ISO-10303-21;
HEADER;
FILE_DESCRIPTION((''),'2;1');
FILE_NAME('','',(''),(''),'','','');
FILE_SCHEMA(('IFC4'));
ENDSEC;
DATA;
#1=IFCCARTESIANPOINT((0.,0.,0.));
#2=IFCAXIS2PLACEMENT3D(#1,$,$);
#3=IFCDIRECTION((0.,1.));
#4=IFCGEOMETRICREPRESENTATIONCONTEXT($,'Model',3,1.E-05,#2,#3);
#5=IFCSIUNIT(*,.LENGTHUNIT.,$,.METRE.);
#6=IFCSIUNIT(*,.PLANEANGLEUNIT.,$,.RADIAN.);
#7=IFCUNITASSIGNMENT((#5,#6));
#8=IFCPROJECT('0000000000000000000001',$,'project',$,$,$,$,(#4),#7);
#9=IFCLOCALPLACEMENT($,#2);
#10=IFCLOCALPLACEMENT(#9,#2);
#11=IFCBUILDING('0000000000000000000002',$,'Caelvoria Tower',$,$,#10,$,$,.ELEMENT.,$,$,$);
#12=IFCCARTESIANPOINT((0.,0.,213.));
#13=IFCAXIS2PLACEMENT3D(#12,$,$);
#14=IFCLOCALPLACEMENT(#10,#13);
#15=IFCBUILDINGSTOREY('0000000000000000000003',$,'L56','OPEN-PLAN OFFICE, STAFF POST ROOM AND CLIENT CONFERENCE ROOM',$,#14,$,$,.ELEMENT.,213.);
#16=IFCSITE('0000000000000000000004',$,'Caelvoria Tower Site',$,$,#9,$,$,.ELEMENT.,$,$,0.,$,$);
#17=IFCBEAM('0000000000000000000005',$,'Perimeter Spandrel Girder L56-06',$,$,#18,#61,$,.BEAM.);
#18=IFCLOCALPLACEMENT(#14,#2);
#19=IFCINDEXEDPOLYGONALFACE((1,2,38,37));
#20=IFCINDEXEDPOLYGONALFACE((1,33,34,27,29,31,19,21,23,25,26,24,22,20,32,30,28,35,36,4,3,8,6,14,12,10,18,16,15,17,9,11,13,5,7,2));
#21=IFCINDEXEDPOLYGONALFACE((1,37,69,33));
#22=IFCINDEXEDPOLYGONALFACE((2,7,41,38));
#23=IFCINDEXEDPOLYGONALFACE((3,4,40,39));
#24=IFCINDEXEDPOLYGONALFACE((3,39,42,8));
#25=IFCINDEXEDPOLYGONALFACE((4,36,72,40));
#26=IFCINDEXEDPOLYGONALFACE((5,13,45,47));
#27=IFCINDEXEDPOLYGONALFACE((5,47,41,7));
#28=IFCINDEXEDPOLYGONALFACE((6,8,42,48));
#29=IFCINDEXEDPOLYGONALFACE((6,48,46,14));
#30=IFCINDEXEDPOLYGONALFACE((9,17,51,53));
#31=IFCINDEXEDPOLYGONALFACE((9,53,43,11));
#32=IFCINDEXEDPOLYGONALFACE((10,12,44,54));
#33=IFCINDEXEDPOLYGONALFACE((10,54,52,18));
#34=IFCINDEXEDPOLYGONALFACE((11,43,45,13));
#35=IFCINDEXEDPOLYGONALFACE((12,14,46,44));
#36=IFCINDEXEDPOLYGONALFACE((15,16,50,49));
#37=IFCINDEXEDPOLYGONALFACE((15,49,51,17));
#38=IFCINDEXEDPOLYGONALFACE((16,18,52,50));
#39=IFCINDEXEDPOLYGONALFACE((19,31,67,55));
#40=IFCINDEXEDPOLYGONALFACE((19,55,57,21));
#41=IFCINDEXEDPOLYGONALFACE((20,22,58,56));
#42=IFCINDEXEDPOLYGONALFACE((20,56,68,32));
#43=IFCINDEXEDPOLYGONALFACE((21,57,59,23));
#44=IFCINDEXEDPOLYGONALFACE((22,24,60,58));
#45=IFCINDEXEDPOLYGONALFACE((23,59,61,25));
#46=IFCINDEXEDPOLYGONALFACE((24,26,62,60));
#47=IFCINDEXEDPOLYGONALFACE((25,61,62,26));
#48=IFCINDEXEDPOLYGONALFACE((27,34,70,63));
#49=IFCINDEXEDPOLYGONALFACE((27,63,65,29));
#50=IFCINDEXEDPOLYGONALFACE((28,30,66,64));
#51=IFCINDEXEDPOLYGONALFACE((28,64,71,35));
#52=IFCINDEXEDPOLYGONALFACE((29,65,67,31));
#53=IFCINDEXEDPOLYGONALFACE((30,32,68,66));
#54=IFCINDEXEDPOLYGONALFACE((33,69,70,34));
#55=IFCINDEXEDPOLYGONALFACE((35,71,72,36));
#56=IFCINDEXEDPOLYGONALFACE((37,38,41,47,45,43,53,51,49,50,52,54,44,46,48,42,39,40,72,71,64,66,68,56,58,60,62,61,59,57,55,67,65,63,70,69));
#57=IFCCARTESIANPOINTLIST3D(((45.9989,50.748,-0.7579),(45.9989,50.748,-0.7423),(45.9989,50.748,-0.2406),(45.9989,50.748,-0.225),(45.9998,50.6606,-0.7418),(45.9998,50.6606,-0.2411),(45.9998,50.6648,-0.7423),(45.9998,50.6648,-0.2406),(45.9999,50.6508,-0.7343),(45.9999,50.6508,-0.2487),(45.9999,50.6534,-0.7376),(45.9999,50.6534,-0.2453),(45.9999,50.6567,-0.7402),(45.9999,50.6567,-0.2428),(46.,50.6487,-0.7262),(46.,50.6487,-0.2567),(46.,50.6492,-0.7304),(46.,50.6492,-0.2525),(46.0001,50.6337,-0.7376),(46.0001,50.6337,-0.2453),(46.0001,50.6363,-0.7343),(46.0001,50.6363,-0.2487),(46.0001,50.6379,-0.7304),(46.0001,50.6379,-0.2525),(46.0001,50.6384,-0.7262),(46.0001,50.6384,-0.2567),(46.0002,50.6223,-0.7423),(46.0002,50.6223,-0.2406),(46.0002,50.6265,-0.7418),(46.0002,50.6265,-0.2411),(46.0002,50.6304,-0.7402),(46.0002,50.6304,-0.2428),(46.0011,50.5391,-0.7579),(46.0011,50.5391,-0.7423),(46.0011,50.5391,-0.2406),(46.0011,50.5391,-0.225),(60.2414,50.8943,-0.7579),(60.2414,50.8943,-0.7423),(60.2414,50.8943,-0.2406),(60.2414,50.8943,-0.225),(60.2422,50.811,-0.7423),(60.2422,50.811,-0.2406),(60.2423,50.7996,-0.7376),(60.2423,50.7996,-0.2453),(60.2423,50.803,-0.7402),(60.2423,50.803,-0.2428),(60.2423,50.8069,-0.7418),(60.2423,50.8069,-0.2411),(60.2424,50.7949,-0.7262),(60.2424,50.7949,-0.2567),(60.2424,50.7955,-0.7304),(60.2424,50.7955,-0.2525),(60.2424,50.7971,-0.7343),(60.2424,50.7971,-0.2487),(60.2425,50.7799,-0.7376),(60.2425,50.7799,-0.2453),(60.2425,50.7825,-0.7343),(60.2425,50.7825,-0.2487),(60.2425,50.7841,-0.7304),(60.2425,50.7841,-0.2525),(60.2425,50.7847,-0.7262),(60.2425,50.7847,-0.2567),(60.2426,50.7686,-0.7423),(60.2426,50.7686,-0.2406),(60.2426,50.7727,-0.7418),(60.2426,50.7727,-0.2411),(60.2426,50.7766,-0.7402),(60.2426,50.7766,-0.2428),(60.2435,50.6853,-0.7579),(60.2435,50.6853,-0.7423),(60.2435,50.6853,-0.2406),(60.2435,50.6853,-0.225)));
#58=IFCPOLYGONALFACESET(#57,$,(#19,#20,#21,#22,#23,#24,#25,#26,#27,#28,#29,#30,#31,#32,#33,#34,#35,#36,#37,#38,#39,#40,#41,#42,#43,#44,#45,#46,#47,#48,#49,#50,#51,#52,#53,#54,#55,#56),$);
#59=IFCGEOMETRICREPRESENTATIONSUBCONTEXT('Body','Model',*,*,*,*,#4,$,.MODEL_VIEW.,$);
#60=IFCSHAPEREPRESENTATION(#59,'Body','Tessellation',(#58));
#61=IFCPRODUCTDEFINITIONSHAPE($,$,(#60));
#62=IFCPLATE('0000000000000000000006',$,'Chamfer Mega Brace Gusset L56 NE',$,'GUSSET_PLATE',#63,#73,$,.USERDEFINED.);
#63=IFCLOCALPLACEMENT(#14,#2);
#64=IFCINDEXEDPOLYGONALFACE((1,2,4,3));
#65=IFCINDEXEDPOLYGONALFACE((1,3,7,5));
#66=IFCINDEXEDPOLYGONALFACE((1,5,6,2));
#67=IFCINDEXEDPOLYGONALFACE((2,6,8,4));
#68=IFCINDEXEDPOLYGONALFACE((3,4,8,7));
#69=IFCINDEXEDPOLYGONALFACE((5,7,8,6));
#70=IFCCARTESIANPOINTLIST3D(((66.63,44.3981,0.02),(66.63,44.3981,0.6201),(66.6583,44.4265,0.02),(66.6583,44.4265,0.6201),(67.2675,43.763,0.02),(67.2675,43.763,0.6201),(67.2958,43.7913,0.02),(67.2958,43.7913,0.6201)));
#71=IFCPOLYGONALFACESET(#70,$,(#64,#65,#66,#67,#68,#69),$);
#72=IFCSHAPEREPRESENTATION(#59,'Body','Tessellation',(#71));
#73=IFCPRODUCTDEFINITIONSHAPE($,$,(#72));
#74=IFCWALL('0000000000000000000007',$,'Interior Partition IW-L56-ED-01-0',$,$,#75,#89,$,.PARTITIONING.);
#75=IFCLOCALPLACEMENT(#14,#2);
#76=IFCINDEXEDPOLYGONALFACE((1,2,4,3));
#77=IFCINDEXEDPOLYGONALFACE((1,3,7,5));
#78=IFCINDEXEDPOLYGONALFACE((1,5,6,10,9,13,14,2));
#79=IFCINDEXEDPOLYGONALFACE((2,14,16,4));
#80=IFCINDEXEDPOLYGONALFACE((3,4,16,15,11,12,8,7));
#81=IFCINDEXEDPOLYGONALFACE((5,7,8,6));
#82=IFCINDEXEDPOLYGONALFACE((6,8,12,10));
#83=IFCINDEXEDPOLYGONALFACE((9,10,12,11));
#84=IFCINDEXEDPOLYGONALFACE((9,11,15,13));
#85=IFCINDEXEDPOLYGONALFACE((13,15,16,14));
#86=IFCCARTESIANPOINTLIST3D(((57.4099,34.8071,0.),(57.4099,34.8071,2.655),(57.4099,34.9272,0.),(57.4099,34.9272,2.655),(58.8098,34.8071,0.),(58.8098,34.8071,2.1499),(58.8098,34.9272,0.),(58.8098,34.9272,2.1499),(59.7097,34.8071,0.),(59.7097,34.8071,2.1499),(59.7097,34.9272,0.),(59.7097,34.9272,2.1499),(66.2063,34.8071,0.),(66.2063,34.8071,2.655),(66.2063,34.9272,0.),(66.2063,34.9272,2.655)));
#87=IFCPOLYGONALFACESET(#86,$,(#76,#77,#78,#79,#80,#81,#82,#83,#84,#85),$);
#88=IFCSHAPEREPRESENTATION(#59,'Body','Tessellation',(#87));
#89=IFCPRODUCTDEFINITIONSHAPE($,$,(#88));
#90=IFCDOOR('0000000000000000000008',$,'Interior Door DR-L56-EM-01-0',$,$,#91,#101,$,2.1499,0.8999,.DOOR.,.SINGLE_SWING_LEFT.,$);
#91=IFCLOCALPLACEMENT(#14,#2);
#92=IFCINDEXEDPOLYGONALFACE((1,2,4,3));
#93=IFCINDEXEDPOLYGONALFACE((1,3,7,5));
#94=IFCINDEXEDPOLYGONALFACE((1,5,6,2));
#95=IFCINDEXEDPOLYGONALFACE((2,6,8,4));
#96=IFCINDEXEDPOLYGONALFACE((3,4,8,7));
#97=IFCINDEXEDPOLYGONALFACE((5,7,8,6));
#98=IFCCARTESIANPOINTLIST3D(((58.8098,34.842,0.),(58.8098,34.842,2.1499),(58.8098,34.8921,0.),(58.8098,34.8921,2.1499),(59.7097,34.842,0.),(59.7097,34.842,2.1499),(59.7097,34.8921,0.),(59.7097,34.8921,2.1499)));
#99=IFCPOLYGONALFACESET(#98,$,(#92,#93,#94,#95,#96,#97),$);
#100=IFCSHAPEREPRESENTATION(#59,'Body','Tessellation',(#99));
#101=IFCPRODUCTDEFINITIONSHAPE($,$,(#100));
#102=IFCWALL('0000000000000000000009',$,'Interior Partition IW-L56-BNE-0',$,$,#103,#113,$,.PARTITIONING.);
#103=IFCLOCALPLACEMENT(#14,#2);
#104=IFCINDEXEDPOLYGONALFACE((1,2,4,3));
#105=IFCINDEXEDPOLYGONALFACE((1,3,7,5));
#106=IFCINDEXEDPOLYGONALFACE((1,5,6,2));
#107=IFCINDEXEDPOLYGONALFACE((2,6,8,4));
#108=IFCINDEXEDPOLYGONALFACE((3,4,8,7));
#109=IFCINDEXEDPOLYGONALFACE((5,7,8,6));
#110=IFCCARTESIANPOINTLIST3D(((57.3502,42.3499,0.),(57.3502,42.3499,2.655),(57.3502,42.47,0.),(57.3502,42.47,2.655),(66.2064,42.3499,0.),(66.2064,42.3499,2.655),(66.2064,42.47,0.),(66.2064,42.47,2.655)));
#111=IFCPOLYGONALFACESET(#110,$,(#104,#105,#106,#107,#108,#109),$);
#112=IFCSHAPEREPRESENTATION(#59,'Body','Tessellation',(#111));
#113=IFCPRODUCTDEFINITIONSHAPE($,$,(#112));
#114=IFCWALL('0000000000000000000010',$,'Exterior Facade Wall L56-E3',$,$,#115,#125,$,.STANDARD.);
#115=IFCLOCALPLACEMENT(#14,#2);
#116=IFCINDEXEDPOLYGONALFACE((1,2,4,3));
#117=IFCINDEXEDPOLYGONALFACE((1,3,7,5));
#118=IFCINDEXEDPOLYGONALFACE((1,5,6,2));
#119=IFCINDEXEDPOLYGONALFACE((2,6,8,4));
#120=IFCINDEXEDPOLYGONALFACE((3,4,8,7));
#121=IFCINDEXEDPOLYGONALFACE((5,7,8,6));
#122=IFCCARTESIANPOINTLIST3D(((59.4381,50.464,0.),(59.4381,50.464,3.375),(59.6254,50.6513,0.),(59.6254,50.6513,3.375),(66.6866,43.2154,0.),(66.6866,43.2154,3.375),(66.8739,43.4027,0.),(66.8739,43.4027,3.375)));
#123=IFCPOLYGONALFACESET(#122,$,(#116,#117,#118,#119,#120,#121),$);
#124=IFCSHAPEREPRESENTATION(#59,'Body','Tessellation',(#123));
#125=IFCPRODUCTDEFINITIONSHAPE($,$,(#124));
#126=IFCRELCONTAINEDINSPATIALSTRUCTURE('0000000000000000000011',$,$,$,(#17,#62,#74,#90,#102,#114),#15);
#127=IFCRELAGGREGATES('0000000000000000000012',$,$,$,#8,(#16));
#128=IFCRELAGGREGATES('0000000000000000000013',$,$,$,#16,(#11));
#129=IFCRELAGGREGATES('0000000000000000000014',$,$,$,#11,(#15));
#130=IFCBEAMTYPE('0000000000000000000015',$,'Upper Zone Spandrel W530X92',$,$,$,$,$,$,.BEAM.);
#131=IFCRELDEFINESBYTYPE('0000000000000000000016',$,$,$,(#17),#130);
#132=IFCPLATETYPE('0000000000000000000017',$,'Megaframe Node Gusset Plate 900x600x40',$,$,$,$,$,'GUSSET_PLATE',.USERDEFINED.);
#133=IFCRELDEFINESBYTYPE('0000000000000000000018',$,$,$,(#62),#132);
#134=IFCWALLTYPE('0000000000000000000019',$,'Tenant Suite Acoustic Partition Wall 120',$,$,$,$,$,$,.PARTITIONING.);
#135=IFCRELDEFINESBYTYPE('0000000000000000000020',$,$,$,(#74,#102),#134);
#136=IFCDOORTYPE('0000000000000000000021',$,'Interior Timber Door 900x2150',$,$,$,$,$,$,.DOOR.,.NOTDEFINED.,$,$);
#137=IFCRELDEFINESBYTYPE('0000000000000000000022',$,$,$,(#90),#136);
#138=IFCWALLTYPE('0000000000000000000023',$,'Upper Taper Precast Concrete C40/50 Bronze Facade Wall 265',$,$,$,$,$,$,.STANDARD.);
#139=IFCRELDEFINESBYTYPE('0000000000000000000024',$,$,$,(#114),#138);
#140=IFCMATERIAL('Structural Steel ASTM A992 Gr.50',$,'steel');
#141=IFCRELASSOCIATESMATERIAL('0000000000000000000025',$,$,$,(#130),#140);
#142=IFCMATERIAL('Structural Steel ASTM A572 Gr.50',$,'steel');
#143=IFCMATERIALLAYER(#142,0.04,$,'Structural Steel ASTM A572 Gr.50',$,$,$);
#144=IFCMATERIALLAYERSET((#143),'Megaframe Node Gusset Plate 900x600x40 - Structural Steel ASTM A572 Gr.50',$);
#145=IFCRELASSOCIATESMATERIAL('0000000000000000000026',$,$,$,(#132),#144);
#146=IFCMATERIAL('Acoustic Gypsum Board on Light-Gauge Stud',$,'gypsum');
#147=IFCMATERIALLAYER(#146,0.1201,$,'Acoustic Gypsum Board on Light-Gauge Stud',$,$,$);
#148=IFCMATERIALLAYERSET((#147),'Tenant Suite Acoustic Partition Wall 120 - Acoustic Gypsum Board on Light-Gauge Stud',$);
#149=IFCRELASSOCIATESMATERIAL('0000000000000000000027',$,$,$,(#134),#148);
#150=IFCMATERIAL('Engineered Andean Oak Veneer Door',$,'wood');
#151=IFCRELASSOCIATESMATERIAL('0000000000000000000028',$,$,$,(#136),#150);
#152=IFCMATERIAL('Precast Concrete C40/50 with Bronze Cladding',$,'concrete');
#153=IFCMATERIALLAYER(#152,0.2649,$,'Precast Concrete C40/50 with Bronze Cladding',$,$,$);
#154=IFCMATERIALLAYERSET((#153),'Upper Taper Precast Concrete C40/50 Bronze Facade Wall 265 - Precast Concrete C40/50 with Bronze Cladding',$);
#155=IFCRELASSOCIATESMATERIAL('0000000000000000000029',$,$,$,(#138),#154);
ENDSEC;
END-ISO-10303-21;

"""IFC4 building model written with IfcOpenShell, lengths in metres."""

from ifc_helpers import new_model, si_unit, direction, frame, frame_2d, origin, origin_2d, place, context, subcontext, project, spatial, rectangle, i_section, extrude, material, layer, layer_set, material_profile, profile_set, type_object, element, fill, save


model = new_model("IFC4")

# Units and contexts
model_context = context("Model", 3, precision=1e-05, world=origin(), true_north=direction((0.0, 1.0)))
body_context = subcontext(model_context, "Body", "Model", "MODEL_VIEW")
ifc_project = project(units=[si_unit("LENGTHUNIT", "METRE"), si_unit("PLANEANGLEUNIT", "RADIAN")], contexts=[model_context])

# Site, building, storey
site_placement = place(None, origin())
site = spatial("IfcSite", under=ifc_project, at=site_placement, Name="Caelvoria Tower Site", CompositionType="ELEMENT", RefElevation=0.0)
building_placement = place(site_placement, origin())
building = spatial("IfcBuilding", under=site, at=building_placement, Name="Caelvoria Tower", CompositionType="ELEMENT")
storey_placement = place(building_placement, frame((0.0, 0.0, 213.0)))
storey = spatial("IfcBuildingStorey", under=building, at=storey_placement, Name="L56", Description="OPEN-PLAN OFFICE, STAFF POST ROOM AND CLIENT CONFERENCE ROOM", CompositionType="ELEMENT", Elevation=213.0)

# Shared definitions
ifc_material_1 = material(Name="Structural Steel ASTM A572 Gr.50", Category="steel")

# Shared definitions
ifc_material_2 = material(Name="Structural Steel ASTM A992 Gr.50", Category="steel")

# Beam
ifc_material_profile_1 = material_profile(ifc_material_2, i_section(OverallWidth=0.209, OverallDepth=0.533, WebThickness=0.0103, FlangeThickness=0.0156, FilletRadius=0.0161, at=origin_2d()), Name="Structural Steel ASTM A992 Gr.50")
ifc_profile_set_1 = profile_set([ifc_material_profile_1], Name="W530X92 - Structural Steel ASTM A992 Gr.50")
beam_type_1 = type_object("IfcBeamType", Name="Upper Zone Spandrel W530X92", PredefinedType="BEAM", material=ifc_profile_set_1)
beam_1_placement = place(storey_placement, frame((60.2424, 50.7898, -0.4915), z_axis=(-0.999947, -0.010267, 0.0), x_axis=(0.010267, -0.999947, 0.0)))
element("IfcBeam", 1, at=beam_1_placement, inside=storey, type_object=beam_type_1, Name="Perimeter Spandrel Girder L56-06", PredefinedType="BEAM", context=body_context, shape_type="SweptSolid", body=[
    extrude(i_section(OverallWidth=0.209, OverallDepth=0.533, WebThickness=0.0103, FlangeThickness=0.0156, FilletRadius=0.0161, at=origin_2d()), origin(), (0.0, 0.0, 1.0), 14.2432),
])

# Plate
ifc_layer_1 = layer(ifc_material_1, 0.04, Name="Structural Steel ASTM A572 Gr.50")
ifc_layer_set_1 = layer_set([ifc_layer_1], Name="Megaframe Node Gusset Plate 900x600x40 - Structural Steel ASTM A572 Gr.50")
plate_type = type_object("IfcPlateType", Name="Megaframe Node Gusset Plate 900x600x40", ElementType="GUSSET_PLATE", PredefinedType="USERDEFINED", material=ifc_layer_set_1)
plate_placement = place(storey_placement, frame((66.9629, 44.0947, 0.02), z_axis=(0.0, 0.0, 1.0), x_axis=(-0.70844, 0.705771, 0.0)))
element("IfcPlate", 2, at=plate_placement, inside=storey, type_object=plate_type, Name="Chamfer Mega Brace Gusset L56 NE", ObjectType="GUSSET_PLATE", PredefinedType="USERDEFINED", context=body_context, shape_type="SweptSolid", body=[
    extrude(rectangle(XDim=0.8999, YDim=0.04, at=origin_2d()), origin(), (0.0, 0.0, 1.0), 0.6001),
])

# Wall, opening, door
ifc_material_3 = material(Name="Acoustic Gypsum Board on Light-Gauge Stud", Category="gypsum")
ifc_layer_2 = layer(ifc_material_3, 0.1201, Name="Acoustic Gypsum Board on Light-Gauge Stud")
ifc_layer_set_2 = layer_set([ifc_layer_2], Name="Tenant Suite Acoustic Partition Wall 120 - Acoustic Gypsum Board on Light-Gauge Stud")
wall_type_1 = type_object("IfcWallType", Name="Tenant Suite Acoustic Partition Wall 120", PredefinedType="PARTITIONING", material=ifc_layer_set_2)
wall_1_placement = place(storey_placement, frame((57.4099, 34.8672, 0.0), z_axis=(0.0, 0.0, 1.0), x_axis=(1.0, 0.0, 0.0)))
wall_1 = element("IfcWall", 3, at=wall_1_placement, inside=storey, type_object=wall_type_1, Name="Interior Partition IW-L56-ED-01-0", PredefinedType="PARTITIONING", context=body_context, shape_type="SweptSolid", body=[
    extrude(rectangle(XDim=8.7964, YDim=0.1201, at=frame_2d((4.3982, 0.0))), origin(), (0.0, 0.0, 1.0), 2.655),
])
opening_1_placement = place(wall_1_placement, frame((1.3999, 0.0, 0.0)))
opening_1 = element("IfcOpeningElement", 4, at=opening_1_placement, cuts=wall_1, PredefinedType="OPENING", context=body_context, shape_type="SweptSolid", body=[
    extrude(rectangle(XDim=0.8999, YDim=2.1499, at=frame_2d((0.45, 1.075))), frame((0.0, 0.0701, 0.0), z_axis=(0.0, -1.0, 0.0), x_axis=(1.0, 0.0, 0.0)), (0.0, 0.0, 1.0), 0.1401),
])
ifc_material_4 = material(Name="Engineered Andean Oak Veneer Door", Category="wood")
door_type = type_object("IfcDoorType", Name="Interior Timber Door 900x2150", OperationType="NOTDEFINED", PredefinedType="DOOR", material=ifc_material_4)
door_placement = place(opening_1_placement, origin())
door = element("IfcDoor", 5, at=door_placement, inside=storey, type_object=door_type, Name="Interior Door DR-L56-EM-01-0", OperationType="SINGLE_SWING_LEFT", OverallHeight=2.1499, OverallWidth=0.8999, PredefinedType="DOOR", context=body_context, shape_type="SweptSolid", body=[
    extrude(rectangle(XDim=0.8999, YDim=2.1499, at=frame_2d((0.45, 1.075))), frame((0.0, 0.0249, 0.0), z_axis=(0.0, -1.0, 0.0), x_axis=(1.0, 0.0, 0.0)), (0.0, 0.0, 1.0), 0.05),
])
fill(opening_1, door)

# Walls
wall_2_placement = place(storey_placement, frame((57.3501, 42.4099, 0.0), z_axis=(0.0, 0.0, 1.0), x_axis=(1.0, 0.0, 0.0)))
element("IfcWall", 6, at=wall_2_placement, inside=storey, type_object=wall_type_1, Name="Interior Partition IW-L56-BNE-0", PredefinedType="PARTITIONING", context=body_context, shape_type="SweptSolid", body=[
    extrude(rectangle(XDim=8.8562, YDim=0.1201, at=frame_2d((4.4282, 0.0))), origin(), (0.0, 0.0, 1.0), 2.655),
])
ifc_material_5 = material(Name="Precast Concrete C40/50 with Bronze Cladding", Category="concrete")
ifc_layer_3 = layer(ifc_material_5, 0.2649, Name="Precast Concrete C40/50 with Bronze Cladding")
ifc_layer_set_3 = layer_set([ifc_layer_3], Name="Upper Taper Precast Concrete C40/50 Bronze Facade Wall 265 - Precast Concrete C40/50 with Bronze Cladding")
wall_type_2 = type_object("IfcWallType", Name="Upper Taper Precast Concrete C40/50 Bronze Facade Wall 265", PredefinedType="STANDARD", material=ifc_layer_set_3)
wall_3_placement = place(storey_placement, frame((66.7803, 43.3091, 0.0), z_axis=(0.0, 0.0, 1.0), x_axis=(-0.707107, 0.707107, 0.0)))
element("IfcWall", 7, at=wall_3_placement, inside=storey, type_object=wall_type_2, Name="Exterior Facade Wall L56-E3", PredefinedType="STANDARD", context=body_context, shape_type="SweptSolid", body=[
    extrude(rectangle(XDim=10.251, YDim=0.2649, at=frame_2d((5.1255, 0.0))), origin(), (0.0, 0.0, 1.0), 3.375),
])

save(model, "model.ifc")
